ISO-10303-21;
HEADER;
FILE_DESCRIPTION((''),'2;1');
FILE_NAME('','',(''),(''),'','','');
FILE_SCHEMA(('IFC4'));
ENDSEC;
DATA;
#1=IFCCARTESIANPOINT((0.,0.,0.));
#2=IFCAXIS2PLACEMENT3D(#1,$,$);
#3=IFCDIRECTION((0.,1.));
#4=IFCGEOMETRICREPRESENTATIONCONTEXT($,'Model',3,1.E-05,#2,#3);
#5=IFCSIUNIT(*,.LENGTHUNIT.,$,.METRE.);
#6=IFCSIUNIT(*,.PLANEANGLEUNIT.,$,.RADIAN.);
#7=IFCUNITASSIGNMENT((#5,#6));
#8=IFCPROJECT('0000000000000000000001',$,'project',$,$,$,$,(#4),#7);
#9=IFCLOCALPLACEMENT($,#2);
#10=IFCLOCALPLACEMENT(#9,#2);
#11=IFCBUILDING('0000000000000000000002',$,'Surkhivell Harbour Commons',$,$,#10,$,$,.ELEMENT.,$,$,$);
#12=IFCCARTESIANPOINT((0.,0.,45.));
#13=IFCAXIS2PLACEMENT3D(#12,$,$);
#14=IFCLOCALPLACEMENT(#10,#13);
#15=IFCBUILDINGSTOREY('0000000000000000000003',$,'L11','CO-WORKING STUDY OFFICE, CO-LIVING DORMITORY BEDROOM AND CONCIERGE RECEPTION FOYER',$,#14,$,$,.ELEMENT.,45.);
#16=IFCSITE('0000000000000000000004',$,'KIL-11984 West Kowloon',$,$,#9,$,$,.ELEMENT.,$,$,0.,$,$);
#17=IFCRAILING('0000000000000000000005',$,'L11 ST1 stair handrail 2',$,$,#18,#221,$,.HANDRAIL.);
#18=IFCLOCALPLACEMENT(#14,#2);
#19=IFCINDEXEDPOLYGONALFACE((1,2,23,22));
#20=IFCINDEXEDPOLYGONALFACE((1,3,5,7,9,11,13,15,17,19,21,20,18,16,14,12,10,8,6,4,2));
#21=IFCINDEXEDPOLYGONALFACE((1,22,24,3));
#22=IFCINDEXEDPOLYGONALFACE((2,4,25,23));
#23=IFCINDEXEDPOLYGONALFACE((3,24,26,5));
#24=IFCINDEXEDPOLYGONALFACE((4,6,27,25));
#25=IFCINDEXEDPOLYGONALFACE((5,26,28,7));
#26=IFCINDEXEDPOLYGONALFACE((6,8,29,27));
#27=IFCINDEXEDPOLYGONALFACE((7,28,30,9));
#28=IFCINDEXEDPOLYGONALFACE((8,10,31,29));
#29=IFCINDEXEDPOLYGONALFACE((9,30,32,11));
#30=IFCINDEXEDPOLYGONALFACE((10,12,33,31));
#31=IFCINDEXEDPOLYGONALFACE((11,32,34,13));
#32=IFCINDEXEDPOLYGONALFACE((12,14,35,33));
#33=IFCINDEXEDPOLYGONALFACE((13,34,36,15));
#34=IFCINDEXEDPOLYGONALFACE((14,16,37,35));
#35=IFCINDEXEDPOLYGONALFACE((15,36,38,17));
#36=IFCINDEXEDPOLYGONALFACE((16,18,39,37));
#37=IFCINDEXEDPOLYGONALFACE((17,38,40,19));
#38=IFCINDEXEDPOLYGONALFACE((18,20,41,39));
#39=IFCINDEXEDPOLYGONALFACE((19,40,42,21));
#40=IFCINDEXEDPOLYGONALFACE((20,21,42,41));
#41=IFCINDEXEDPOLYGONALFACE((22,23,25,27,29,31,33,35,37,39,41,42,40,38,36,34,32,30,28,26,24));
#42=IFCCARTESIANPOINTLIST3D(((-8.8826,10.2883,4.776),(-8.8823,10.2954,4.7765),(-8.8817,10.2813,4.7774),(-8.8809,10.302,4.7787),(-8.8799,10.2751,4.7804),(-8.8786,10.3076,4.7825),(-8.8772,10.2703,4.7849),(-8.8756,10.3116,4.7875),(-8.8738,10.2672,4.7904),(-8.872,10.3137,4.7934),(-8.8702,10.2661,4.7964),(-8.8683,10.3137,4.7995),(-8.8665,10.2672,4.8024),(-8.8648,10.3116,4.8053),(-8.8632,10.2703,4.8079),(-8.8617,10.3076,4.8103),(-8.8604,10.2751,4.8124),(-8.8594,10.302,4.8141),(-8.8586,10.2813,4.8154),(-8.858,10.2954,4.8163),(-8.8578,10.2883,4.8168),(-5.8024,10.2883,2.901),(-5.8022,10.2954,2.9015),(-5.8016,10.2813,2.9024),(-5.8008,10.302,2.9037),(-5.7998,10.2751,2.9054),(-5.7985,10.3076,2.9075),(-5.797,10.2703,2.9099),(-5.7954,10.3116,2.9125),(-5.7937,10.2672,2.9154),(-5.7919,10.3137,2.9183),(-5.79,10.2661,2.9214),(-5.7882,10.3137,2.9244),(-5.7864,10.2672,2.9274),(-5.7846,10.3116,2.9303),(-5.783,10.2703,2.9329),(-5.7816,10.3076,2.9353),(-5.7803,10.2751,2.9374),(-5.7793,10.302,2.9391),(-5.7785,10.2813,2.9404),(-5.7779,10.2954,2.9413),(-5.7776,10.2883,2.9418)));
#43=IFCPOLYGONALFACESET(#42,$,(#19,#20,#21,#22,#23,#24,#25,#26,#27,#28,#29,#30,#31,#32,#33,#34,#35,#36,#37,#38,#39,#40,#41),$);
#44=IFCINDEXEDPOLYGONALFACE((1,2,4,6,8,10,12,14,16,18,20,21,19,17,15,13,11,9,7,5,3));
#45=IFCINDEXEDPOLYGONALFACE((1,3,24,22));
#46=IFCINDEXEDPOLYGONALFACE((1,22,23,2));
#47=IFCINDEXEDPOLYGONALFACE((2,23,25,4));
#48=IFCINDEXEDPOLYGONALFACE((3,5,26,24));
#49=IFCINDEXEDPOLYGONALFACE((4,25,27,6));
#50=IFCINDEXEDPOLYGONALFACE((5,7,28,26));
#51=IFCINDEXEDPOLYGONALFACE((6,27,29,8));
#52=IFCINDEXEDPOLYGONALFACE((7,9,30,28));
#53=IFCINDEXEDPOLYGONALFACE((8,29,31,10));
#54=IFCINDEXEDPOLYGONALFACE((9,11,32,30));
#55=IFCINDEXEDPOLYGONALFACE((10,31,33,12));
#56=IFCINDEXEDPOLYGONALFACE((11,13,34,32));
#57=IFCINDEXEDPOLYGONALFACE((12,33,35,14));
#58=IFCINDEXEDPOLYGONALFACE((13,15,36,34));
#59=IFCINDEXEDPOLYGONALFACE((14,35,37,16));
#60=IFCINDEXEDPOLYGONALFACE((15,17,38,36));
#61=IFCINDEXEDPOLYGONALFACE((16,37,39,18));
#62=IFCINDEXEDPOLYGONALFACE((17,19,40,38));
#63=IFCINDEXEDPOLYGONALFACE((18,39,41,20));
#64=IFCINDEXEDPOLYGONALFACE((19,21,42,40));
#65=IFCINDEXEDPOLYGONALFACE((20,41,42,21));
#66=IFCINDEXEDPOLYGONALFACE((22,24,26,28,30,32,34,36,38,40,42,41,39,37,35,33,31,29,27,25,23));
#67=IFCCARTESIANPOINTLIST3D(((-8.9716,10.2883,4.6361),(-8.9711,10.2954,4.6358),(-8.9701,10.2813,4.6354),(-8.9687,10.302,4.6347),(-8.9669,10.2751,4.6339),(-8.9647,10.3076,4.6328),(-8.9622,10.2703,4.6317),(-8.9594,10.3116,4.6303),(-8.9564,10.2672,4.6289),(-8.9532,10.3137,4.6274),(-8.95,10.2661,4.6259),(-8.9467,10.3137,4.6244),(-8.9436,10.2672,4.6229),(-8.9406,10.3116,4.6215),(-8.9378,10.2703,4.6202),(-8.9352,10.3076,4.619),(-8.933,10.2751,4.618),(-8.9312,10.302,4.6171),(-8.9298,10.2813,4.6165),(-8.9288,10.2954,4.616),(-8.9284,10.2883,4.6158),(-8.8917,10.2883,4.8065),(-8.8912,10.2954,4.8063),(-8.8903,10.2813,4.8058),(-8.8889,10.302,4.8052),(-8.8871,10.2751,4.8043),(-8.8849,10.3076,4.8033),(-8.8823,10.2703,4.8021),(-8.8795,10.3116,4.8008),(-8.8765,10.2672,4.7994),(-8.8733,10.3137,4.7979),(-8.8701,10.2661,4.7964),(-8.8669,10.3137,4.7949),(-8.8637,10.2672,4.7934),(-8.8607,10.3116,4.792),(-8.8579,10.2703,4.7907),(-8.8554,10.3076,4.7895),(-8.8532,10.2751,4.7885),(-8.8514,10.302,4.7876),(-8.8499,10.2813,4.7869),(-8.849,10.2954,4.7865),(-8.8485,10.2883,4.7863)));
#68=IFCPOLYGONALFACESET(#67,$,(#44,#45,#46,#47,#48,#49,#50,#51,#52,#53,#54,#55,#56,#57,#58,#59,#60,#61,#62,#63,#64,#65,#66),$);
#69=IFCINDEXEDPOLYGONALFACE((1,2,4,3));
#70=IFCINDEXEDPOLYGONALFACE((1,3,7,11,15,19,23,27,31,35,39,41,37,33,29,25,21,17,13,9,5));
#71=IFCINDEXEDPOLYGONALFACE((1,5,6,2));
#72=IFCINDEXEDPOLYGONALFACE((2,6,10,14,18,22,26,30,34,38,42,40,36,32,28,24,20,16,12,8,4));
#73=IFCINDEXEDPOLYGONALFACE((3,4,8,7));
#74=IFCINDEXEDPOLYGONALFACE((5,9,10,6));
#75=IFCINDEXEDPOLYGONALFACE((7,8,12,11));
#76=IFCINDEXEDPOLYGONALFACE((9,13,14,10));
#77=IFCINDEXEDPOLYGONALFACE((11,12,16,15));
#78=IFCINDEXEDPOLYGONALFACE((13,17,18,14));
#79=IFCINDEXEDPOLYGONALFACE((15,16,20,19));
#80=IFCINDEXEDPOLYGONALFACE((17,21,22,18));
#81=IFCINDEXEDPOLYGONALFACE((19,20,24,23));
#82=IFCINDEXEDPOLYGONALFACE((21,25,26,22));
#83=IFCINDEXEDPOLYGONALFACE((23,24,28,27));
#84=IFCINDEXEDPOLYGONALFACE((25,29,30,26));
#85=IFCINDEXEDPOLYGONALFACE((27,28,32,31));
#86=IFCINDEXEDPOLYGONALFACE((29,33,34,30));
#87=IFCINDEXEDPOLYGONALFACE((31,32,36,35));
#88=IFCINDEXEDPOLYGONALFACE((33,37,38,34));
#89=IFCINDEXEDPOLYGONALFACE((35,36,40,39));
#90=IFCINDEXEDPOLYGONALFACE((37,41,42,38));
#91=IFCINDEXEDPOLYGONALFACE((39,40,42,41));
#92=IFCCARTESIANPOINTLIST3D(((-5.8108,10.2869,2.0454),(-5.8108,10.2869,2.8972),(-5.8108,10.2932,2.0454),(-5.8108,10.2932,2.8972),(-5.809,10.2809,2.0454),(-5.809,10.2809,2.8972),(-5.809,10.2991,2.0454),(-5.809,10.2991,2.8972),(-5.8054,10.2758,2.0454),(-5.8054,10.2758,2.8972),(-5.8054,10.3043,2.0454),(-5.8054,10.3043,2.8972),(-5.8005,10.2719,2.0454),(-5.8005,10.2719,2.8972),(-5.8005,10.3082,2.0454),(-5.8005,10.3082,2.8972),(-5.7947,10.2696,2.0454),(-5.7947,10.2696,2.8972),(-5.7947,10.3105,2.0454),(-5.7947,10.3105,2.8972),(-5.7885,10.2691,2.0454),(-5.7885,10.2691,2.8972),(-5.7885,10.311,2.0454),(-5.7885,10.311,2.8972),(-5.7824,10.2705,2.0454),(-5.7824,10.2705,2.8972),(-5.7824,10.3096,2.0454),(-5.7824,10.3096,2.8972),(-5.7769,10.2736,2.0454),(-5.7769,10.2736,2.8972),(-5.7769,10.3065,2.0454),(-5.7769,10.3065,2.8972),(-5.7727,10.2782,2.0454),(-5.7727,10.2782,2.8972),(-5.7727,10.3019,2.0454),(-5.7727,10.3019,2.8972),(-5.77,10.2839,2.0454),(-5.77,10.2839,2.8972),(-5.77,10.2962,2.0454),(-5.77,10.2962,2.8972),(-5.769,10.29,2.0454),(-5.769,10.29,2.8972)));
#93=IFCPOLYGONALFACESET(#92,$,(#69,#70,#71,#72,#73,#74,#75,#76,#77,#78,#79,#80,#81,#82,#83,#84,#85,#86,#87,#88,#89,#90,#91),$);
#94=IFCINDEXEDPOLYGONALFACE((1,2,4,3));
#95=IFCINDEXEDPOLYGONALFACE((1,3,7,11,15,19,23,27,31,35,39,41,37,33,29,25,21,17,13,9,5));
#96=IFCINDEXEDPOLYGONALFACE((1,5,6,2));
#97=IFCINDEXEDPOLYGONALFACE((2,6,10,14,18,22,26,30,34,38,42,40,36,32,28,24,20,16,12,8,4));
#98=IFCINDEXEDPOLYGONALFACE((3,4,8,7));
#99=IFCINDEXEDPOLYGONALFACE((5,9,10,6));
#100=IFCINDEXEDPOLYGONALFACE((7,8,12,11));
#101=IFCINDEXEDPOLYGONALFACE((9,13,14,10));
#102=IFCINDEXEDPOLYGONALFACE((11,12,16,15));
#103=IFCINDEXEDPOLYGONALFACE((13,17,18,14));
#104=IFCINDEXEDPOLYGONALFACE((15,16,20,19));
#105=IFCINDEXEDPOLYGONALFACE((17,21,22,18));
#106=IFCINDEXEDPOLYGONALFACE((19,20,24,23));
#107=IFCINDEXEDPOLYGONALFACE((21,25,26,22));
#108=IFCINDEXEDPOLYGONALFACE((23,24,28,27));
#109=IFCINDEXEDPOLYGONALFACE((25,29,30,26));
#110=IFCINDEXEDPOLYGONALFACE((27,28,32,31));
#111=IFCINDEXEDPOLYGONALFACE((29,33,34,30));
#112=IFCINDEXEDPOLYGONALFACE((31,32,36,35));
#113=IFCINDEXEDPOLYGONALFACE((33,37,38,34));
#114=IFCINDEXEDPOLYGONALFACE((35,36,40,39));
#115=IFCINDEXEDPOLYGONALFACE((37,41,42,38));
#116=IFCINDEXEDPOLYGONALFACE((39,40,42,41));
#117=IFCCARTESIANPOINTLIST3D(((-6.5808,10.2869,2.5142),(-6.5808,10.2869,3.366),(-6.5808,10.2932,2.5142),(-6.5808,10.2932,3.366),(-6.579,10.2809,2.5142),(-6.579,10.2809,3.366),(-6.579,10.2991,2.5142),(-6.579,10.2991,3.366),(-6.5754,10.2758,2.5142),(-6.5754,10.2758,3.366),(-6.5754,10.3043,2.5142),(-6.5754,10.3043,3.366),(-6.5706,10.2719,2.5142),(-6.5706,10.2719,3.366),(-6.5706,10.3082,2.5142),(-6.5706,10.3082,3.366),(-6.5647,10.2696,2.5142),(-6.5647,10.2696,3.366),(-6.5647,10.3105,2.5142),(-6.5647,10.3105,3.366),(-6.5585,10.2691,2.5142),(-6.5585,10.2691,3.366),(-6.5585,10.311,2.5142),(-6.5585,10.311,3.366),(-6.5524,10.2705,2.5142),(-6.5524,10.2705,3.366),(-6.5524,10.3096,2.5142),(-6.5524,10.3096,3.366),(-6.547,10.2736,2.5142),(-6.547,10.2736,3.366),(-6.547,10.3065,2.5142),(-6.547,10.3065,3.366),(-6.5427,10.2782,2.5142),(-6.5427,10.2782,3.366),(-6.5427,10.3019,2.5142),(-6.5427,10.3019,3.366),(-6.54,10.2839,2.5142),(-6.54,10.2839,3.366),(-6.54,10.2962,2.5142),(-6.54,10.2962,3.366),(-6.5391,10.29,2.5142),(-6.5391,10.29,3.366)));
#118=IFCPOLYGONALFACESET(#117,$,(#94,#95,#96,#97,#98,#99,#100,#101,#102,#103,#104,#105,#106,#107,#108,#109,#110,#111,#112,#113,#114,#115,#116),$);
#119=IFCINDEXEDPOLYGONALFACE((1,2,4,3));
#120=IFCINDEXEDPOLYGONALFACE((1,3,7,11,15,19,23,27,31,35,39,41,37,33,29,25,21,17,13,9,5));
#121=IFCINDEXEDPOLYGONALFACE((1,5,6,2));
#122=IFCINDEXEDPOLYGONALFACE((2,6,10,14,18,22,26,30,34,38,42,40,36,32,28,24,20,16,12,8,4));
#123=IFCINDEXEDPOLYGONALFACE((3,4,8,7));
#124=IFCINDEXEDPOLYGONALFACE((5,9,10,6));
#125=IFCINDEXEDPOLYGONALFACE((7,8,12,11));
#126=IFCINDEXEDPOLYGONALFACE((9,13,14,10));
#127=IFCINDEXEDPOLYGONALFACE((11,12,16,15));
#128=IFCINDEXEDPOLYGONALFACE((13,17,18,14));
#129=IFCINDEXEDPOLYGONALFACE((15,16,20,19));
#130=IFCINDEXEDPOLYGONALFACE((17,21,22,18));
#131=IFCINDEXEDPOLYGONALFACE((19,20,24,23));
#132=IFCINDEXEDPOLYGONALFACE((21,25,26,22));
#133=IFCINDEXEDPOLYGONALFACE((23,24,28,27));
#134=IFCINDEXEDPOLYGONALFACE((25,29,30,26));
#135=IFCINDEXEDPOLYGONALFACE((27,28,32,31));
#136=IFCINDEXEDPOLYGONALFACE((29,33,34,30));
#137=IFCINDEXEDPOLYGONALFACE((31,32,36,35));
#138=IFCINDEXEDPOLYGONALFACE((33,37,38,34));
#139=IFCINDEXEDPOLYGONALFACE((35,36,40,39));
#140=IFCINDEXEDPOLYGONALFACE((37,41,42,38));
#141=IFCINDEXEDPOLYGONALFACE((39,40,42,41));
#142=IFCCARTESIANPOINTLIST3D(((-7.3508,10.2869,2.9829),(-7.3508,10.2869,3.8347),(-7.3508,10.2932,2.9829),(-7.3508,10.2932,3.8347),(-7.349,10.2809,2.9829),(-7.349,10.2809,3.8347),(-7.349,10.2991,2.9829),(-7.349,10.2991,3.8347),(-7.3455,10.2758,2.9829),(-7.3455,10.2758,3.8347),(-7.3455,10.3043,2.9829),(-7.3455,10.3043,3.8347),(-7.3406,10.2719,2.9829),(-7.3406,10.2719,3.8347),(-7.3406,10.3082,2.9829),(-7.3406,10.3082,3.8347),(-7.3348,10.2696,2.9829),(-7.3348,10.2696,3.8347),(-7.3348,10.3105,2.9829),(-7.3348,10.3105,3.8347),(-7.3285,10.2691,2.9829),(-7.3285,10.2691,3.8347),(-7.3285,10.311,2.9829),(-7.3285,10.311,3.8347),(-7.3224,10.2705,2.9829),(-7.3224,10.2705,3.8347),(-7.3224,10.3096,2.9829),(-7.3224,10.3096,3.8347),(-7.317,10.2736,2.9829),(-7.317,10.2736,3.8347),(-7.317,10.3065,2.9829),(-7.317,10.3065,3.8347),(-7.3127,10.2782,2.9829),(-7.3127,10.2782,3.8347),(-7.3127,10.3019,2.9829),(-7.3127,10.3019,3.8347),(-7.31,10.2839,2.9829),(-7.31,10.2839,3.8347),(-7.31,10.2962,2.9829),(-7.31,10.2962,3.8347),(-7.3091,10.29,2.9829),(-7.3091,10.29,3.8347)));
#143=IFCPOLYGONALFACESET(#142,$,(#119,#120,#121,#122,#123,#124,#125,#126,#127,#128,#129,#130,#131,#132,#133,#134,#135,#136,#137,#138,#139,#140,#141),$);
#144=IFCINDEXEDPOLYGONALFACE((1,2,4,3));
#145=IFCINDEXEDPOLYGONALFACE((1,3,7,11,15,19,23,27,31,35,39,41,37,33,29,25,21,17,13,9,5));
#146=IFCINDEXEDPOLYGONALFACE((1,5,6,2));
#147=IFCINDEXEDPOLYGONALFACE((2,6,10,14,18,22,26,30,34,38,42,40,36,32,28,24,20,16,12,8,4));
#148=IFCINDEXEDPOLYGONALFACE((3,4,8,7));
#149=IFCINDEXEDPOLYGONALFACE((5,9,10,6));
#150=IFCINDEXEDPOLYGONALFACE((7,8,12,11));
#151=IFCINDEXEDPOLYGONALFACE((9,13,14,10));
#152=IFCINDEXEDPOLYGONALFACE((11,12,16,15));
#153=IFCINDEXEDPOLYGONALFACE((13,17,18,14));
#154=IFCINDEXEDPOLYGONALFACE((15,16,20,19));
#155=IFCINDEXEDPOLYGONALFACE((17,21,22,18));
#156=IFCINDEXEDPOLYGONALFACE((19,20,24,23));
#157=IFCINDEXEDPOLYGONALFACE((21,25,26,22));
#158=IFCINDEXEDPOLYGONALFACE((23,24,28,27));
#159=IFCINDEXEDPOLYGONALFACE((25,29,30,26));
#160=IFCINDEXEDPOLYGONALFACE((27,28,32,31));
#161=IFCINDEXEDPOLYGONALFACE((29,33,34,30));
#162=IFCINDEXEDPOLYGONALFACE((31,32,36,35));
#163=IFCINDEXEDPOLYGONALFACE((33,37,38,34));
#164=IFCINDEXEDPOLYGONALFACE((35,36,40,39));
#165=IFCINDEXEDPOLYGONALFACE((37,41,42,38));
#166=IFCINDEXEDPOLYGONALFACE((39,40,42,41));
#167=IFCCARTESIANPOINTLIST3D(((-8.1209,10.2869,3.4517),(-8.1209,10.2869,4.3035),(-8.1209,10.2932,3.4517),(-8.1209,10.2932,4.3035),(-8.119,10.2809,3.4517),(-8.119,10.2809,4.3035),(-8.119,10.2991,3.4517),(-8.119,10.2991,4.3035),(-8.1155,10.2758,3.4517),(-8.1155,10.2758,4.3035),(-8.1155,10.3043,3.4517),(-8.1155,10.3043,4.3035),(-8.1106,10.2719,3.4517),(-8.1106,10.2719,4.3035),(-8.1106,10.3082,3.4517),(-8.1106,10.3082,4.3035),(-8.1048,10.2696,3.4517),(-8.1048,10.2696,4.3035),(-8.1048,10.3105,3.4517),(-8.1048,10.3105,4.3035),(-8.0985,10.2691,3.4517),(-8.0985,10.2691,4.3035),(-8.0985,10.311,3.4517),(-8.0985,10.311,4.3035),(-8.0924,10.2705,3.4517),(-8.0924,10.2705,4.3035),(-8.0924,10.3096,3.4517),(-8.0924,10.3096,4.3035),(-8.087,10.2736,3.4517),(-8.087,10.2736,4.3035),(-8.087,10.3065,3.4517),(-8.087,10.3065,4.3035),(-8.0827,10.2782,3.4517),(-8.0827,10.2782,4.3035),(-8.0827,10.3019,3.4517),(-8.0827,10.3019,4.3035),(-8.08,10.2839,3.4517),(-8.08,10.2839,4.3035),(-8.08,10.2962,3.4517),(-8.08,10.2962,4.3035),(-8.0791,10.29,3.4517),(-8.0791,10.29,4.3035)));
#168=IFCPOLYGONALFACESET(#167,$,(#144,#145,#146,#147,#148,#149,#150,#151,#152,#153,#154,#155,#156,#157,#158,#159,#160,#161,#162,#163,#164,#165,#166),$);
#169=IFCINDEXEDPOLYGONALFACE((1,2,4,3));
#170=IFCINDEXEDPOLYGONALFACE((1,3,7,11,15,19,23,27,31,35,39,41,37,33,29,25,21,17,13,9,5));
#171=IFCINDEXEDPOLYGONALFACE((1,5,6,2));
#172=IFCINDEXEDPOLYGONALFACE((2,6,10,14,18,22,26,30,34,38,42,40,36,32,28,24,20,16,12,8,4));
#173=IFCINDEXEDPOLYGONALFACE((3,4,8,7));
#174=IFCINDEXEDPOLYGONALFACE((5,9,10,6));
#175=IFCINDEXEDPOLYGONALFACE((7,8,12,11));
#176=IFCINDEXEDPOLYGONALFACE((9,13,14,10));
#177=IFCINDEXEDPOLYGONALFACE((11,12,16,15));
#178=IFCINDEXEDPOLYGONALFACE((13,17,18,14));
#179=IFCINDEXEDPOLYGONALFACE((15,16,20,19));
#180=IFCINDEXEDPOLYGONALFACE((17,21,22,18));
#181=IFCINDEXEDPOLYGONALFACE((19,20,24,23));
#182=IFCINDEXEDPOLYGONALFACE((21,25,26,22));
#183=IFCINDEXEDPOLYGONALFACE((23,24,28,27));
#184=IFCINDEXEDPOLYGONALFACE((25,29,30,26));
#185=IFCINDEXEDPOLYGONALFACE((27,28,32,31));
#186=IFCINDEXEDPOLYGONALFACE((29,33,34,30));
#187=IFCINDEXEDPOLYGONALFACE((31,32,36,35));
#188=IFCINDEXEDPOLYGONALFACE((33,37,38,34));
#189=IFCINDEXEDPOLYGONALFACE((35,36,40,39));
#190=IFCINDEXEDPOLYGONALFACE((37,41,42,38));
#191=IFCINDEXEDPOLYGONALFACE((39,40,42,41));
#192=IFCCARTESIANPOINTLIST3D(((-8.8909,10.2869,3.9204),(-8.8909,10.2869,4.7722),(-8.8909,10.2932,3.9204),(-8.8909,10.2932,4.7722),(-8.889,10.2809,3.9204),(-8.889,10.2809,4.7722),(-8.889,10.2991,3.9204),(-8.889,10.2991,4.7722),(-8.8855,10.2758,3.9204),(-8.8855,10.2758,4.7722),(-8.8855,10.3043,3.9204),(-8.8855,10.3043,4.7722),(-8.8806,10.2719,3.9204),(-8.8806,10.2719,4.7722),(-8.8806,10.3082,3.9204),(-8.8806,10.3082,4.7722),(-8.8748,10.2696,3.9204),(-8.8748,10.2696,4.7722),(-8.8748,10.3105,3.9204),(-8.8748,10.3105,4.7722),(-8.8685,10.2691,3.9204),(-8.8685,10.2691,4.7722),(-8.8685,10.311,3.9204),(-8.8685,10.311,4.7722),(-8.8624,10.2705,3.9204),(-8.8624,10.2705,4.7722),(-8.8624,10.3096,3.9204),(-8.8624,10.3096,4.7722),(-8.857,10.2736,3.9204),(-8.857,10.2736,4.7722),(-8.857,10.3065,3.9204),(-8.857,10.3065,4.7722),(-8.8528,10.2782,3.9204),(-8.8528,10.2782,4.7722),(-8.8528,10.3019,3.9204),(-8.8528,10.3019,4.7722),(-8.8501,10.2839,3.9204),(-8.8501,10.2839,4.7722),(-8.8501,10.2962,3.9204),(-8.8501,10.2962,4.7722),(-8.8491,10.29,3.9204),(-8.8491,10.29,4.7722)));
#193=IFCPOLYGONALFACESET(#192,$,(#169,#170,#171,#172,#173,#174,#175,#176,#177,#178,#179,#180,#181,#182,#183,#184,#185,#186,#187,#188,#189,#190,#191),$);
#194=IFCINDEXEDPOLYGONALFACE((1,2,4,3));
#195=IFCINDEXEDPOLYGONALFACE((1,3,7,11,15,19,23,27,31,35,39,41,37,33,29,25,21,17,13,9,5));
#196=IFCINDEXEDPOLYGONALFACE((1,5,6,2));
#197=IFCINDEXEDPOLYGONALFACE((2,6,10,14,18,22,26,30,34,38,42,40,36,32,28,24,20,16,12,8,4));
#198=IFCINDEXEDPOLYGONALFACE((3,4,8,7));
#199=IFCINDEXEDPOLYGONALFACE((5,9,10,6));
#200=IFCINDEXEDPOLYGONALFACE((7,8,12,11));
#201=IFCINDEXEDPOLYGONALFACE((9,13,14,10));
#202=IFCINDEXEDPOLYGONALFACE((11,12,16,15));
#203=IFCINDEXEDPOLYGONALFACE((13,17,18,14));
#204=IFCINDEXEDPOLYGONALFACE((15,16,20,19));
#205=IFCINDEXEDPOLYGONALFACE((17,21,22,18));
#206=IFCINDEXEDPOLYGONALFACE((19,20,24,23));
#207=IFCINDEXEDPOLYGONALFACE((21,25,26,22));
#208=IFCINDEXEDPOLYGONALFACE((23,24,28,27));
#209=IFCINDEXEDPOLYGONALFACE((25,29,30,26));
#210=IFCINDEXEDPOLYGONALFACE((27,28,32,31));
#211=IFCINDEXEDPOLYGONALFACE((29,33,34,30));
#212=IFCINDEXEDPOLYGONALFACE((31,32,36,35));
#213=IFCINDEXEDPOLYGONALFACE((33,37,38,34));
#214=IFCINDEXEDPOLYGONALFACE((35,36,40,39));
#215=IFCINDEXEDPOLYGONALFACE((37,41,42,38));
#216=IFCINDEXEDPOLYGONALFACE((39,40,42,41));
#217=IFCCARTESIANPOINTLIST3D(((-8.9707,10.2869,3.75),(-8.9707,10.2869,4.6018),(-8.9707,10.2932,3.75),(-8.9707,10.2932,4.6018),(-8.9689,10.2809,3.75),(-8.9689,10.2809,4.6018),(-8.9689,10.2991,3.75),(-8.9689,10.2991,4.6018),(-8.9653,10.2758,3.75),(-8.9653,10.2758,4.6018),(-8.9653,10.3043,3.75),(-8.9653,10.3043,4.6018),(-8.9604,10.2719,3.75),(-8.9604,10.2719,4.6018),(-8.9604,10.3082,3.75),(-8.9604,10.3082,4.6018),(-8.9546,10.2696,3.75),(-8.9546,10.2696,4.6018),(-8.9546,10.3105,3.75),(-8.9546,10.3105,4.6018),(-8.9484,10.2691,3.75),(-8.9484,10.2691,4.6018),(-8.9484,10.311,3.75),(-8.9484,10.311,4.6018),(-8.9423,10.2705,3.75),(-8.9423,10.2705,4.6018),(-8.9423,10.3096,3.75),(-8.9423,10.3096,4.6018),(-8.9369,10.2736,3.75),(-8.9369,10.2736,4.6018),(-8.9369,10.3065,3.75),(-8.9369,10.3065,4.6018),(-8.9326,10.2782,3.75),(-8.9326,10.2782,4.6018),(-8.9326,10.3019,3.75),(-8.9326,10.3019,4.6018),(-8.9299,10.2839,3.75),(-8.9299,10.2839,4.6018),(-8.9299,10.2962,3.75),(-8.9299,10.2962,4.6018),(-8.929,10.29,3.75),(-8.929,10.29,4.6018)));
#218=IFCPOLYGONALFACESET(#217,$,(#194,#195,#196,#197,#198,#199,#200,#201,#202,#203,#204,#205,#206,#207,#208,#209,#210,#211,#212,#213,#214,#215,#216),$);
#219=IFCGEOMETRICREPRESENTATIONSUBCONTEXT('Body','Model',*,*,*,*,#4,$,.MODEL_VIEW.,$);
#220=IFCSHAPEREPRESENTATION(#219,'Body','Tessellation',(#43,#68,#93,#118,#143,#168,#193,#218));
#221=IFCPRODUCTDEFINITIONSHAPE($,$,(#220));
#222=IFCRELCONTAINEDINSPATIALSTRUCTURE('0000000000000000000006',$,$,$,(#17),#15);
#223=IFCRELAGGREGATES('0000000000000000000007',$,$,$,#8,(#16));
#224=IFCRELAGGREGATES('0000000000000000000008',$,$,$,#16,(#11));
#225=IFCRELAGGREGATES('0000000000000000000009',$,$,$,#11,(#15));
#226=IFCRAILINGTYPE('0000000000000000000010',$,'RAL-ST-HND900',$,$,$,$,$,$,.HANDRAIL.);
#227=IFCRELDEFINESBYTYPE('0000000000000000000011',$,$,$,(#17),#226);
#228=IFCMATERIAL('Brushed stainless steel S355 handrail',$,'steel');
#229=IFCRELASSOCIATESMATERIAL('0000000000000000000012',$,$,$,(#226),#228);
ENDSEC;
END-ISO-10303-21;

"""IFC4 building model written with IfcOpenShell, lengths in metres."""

from ifc_helpers import new_model, si_unit, direction, frame, origin, origin_2d, place, context, subcontext, project, spatial, circle, extrude, material, type_object, element, save


model = new_model("IFC4")

# Units and contexts
model_context = context("Model", 3, precision=1e-05, world=origin(), true_north=direction((0.0, 1.0)))
body_context = subcontext(model_context, "Body", "Model", "MODEL_VIEW")
ifc_project = project(units=[si_unit("LENGTHUNIT", "METRE"), si_unit("PLANEANGLEUNIT", "RADIAN")], contexts=[model_context])

# Site, building, storey
site_placement = place(None, origin())
site = spatial("IfcSite", under=ifc_project, at=site_placement, Name="KIL-11984 West Kowloon", CompositionType="ELEMENT", RefElevation=0.0)
building_placement = place(site_placement, origin())
building = spatial("IfcBuilding", under=site, at=building_placement, Name="Surkhivell Harbour Commons", CompositionType="ELEMENT")
storey_placement = place(building_placement, frame((0.0, 0.0, 45.0)))
storey = spatial("IfcBuildingStorey", under=building, at=storey_placement, Name="L11", Description="CO-WORKING STUDY OFFICE, CO-LIVING DORMITORY BEDROOM AND CONCIERGE RECEPTION FOYER", CompositionType="ELEMENT", Elevation=45.0)

# Railing
ifc_material_1 = material(Name="Brushed stainless steel S355 handrail", Category="steel")
railing_type_1 = type_object("IfcRailingType", Name="RAL-ST-HND900", PredefinedType="HANDRAIL", material=ifc_material_1)
railing_1_placement = place(storey_placement, frame((-5.79, 10.29, 2.0454)))
element("IfcRailing", 1, at=railing_1_placement, inside=storey, type_object=railing_type_1, Name="L11 ST1 stair handrail 2", PredefinedType="HANDRAIL", context=body_context, shape_type="SweptSolid", body=[
    extrude(circle(Radius=0.0239, at=origin_2d()), frame((0.0, 0.0, 0.876), z_axis=(-0.854178, 0.0, 0.519981), x_axis=(0.0, -1.0, 0.0)), (0.0, 0.0, 1.0), 3.606),
    extrude(circle(Radius=0.0239, at=origin_2d()), frame((-3.0801, 0.0, 2.751), z_axis=(-0.424234, 0.0, -0.905552), x_axis=(0.0, -1.0, 0.0)), (0.0, 0.0, 1.0), 0.1882),
    extrude(circle(Radius=0.021, at=origin_2d()), origin(), (0.0, 0.0, 1.0), 0.8518),
    extrude(circle(Radius=0.021, at=origin_2d()), frame((-0.77, 0.0, 0.4688)), (0.0, 0.0, 1.0), 0.8518),
    extrude(circle(Radius=0.021, at=origin_2d()), frame((-1.54, 0.0, 0.9375)), (0.0, 0.0, 1.0), 0.8518),
    extrude(circle(Radius=0.021, at=origin_2d()), frame((-2.3101, 0.0, 1.4062)), (0.0, 0.0, 1.0), 0.8518),
    extrude(circle(Radius=0.021, at=origin_2d()), frame((-3.0801, 0.0, 1.875)), (0.0, 0.0, 1.0), 0.8518),
    extrude(circle(Radius=0.021, at=origin_2d()), frame((-3.1599, 0.0, 1.7046)), (0.0, 0.0, 1.0), 0.8518),
])

save(model, "model.ifc")
